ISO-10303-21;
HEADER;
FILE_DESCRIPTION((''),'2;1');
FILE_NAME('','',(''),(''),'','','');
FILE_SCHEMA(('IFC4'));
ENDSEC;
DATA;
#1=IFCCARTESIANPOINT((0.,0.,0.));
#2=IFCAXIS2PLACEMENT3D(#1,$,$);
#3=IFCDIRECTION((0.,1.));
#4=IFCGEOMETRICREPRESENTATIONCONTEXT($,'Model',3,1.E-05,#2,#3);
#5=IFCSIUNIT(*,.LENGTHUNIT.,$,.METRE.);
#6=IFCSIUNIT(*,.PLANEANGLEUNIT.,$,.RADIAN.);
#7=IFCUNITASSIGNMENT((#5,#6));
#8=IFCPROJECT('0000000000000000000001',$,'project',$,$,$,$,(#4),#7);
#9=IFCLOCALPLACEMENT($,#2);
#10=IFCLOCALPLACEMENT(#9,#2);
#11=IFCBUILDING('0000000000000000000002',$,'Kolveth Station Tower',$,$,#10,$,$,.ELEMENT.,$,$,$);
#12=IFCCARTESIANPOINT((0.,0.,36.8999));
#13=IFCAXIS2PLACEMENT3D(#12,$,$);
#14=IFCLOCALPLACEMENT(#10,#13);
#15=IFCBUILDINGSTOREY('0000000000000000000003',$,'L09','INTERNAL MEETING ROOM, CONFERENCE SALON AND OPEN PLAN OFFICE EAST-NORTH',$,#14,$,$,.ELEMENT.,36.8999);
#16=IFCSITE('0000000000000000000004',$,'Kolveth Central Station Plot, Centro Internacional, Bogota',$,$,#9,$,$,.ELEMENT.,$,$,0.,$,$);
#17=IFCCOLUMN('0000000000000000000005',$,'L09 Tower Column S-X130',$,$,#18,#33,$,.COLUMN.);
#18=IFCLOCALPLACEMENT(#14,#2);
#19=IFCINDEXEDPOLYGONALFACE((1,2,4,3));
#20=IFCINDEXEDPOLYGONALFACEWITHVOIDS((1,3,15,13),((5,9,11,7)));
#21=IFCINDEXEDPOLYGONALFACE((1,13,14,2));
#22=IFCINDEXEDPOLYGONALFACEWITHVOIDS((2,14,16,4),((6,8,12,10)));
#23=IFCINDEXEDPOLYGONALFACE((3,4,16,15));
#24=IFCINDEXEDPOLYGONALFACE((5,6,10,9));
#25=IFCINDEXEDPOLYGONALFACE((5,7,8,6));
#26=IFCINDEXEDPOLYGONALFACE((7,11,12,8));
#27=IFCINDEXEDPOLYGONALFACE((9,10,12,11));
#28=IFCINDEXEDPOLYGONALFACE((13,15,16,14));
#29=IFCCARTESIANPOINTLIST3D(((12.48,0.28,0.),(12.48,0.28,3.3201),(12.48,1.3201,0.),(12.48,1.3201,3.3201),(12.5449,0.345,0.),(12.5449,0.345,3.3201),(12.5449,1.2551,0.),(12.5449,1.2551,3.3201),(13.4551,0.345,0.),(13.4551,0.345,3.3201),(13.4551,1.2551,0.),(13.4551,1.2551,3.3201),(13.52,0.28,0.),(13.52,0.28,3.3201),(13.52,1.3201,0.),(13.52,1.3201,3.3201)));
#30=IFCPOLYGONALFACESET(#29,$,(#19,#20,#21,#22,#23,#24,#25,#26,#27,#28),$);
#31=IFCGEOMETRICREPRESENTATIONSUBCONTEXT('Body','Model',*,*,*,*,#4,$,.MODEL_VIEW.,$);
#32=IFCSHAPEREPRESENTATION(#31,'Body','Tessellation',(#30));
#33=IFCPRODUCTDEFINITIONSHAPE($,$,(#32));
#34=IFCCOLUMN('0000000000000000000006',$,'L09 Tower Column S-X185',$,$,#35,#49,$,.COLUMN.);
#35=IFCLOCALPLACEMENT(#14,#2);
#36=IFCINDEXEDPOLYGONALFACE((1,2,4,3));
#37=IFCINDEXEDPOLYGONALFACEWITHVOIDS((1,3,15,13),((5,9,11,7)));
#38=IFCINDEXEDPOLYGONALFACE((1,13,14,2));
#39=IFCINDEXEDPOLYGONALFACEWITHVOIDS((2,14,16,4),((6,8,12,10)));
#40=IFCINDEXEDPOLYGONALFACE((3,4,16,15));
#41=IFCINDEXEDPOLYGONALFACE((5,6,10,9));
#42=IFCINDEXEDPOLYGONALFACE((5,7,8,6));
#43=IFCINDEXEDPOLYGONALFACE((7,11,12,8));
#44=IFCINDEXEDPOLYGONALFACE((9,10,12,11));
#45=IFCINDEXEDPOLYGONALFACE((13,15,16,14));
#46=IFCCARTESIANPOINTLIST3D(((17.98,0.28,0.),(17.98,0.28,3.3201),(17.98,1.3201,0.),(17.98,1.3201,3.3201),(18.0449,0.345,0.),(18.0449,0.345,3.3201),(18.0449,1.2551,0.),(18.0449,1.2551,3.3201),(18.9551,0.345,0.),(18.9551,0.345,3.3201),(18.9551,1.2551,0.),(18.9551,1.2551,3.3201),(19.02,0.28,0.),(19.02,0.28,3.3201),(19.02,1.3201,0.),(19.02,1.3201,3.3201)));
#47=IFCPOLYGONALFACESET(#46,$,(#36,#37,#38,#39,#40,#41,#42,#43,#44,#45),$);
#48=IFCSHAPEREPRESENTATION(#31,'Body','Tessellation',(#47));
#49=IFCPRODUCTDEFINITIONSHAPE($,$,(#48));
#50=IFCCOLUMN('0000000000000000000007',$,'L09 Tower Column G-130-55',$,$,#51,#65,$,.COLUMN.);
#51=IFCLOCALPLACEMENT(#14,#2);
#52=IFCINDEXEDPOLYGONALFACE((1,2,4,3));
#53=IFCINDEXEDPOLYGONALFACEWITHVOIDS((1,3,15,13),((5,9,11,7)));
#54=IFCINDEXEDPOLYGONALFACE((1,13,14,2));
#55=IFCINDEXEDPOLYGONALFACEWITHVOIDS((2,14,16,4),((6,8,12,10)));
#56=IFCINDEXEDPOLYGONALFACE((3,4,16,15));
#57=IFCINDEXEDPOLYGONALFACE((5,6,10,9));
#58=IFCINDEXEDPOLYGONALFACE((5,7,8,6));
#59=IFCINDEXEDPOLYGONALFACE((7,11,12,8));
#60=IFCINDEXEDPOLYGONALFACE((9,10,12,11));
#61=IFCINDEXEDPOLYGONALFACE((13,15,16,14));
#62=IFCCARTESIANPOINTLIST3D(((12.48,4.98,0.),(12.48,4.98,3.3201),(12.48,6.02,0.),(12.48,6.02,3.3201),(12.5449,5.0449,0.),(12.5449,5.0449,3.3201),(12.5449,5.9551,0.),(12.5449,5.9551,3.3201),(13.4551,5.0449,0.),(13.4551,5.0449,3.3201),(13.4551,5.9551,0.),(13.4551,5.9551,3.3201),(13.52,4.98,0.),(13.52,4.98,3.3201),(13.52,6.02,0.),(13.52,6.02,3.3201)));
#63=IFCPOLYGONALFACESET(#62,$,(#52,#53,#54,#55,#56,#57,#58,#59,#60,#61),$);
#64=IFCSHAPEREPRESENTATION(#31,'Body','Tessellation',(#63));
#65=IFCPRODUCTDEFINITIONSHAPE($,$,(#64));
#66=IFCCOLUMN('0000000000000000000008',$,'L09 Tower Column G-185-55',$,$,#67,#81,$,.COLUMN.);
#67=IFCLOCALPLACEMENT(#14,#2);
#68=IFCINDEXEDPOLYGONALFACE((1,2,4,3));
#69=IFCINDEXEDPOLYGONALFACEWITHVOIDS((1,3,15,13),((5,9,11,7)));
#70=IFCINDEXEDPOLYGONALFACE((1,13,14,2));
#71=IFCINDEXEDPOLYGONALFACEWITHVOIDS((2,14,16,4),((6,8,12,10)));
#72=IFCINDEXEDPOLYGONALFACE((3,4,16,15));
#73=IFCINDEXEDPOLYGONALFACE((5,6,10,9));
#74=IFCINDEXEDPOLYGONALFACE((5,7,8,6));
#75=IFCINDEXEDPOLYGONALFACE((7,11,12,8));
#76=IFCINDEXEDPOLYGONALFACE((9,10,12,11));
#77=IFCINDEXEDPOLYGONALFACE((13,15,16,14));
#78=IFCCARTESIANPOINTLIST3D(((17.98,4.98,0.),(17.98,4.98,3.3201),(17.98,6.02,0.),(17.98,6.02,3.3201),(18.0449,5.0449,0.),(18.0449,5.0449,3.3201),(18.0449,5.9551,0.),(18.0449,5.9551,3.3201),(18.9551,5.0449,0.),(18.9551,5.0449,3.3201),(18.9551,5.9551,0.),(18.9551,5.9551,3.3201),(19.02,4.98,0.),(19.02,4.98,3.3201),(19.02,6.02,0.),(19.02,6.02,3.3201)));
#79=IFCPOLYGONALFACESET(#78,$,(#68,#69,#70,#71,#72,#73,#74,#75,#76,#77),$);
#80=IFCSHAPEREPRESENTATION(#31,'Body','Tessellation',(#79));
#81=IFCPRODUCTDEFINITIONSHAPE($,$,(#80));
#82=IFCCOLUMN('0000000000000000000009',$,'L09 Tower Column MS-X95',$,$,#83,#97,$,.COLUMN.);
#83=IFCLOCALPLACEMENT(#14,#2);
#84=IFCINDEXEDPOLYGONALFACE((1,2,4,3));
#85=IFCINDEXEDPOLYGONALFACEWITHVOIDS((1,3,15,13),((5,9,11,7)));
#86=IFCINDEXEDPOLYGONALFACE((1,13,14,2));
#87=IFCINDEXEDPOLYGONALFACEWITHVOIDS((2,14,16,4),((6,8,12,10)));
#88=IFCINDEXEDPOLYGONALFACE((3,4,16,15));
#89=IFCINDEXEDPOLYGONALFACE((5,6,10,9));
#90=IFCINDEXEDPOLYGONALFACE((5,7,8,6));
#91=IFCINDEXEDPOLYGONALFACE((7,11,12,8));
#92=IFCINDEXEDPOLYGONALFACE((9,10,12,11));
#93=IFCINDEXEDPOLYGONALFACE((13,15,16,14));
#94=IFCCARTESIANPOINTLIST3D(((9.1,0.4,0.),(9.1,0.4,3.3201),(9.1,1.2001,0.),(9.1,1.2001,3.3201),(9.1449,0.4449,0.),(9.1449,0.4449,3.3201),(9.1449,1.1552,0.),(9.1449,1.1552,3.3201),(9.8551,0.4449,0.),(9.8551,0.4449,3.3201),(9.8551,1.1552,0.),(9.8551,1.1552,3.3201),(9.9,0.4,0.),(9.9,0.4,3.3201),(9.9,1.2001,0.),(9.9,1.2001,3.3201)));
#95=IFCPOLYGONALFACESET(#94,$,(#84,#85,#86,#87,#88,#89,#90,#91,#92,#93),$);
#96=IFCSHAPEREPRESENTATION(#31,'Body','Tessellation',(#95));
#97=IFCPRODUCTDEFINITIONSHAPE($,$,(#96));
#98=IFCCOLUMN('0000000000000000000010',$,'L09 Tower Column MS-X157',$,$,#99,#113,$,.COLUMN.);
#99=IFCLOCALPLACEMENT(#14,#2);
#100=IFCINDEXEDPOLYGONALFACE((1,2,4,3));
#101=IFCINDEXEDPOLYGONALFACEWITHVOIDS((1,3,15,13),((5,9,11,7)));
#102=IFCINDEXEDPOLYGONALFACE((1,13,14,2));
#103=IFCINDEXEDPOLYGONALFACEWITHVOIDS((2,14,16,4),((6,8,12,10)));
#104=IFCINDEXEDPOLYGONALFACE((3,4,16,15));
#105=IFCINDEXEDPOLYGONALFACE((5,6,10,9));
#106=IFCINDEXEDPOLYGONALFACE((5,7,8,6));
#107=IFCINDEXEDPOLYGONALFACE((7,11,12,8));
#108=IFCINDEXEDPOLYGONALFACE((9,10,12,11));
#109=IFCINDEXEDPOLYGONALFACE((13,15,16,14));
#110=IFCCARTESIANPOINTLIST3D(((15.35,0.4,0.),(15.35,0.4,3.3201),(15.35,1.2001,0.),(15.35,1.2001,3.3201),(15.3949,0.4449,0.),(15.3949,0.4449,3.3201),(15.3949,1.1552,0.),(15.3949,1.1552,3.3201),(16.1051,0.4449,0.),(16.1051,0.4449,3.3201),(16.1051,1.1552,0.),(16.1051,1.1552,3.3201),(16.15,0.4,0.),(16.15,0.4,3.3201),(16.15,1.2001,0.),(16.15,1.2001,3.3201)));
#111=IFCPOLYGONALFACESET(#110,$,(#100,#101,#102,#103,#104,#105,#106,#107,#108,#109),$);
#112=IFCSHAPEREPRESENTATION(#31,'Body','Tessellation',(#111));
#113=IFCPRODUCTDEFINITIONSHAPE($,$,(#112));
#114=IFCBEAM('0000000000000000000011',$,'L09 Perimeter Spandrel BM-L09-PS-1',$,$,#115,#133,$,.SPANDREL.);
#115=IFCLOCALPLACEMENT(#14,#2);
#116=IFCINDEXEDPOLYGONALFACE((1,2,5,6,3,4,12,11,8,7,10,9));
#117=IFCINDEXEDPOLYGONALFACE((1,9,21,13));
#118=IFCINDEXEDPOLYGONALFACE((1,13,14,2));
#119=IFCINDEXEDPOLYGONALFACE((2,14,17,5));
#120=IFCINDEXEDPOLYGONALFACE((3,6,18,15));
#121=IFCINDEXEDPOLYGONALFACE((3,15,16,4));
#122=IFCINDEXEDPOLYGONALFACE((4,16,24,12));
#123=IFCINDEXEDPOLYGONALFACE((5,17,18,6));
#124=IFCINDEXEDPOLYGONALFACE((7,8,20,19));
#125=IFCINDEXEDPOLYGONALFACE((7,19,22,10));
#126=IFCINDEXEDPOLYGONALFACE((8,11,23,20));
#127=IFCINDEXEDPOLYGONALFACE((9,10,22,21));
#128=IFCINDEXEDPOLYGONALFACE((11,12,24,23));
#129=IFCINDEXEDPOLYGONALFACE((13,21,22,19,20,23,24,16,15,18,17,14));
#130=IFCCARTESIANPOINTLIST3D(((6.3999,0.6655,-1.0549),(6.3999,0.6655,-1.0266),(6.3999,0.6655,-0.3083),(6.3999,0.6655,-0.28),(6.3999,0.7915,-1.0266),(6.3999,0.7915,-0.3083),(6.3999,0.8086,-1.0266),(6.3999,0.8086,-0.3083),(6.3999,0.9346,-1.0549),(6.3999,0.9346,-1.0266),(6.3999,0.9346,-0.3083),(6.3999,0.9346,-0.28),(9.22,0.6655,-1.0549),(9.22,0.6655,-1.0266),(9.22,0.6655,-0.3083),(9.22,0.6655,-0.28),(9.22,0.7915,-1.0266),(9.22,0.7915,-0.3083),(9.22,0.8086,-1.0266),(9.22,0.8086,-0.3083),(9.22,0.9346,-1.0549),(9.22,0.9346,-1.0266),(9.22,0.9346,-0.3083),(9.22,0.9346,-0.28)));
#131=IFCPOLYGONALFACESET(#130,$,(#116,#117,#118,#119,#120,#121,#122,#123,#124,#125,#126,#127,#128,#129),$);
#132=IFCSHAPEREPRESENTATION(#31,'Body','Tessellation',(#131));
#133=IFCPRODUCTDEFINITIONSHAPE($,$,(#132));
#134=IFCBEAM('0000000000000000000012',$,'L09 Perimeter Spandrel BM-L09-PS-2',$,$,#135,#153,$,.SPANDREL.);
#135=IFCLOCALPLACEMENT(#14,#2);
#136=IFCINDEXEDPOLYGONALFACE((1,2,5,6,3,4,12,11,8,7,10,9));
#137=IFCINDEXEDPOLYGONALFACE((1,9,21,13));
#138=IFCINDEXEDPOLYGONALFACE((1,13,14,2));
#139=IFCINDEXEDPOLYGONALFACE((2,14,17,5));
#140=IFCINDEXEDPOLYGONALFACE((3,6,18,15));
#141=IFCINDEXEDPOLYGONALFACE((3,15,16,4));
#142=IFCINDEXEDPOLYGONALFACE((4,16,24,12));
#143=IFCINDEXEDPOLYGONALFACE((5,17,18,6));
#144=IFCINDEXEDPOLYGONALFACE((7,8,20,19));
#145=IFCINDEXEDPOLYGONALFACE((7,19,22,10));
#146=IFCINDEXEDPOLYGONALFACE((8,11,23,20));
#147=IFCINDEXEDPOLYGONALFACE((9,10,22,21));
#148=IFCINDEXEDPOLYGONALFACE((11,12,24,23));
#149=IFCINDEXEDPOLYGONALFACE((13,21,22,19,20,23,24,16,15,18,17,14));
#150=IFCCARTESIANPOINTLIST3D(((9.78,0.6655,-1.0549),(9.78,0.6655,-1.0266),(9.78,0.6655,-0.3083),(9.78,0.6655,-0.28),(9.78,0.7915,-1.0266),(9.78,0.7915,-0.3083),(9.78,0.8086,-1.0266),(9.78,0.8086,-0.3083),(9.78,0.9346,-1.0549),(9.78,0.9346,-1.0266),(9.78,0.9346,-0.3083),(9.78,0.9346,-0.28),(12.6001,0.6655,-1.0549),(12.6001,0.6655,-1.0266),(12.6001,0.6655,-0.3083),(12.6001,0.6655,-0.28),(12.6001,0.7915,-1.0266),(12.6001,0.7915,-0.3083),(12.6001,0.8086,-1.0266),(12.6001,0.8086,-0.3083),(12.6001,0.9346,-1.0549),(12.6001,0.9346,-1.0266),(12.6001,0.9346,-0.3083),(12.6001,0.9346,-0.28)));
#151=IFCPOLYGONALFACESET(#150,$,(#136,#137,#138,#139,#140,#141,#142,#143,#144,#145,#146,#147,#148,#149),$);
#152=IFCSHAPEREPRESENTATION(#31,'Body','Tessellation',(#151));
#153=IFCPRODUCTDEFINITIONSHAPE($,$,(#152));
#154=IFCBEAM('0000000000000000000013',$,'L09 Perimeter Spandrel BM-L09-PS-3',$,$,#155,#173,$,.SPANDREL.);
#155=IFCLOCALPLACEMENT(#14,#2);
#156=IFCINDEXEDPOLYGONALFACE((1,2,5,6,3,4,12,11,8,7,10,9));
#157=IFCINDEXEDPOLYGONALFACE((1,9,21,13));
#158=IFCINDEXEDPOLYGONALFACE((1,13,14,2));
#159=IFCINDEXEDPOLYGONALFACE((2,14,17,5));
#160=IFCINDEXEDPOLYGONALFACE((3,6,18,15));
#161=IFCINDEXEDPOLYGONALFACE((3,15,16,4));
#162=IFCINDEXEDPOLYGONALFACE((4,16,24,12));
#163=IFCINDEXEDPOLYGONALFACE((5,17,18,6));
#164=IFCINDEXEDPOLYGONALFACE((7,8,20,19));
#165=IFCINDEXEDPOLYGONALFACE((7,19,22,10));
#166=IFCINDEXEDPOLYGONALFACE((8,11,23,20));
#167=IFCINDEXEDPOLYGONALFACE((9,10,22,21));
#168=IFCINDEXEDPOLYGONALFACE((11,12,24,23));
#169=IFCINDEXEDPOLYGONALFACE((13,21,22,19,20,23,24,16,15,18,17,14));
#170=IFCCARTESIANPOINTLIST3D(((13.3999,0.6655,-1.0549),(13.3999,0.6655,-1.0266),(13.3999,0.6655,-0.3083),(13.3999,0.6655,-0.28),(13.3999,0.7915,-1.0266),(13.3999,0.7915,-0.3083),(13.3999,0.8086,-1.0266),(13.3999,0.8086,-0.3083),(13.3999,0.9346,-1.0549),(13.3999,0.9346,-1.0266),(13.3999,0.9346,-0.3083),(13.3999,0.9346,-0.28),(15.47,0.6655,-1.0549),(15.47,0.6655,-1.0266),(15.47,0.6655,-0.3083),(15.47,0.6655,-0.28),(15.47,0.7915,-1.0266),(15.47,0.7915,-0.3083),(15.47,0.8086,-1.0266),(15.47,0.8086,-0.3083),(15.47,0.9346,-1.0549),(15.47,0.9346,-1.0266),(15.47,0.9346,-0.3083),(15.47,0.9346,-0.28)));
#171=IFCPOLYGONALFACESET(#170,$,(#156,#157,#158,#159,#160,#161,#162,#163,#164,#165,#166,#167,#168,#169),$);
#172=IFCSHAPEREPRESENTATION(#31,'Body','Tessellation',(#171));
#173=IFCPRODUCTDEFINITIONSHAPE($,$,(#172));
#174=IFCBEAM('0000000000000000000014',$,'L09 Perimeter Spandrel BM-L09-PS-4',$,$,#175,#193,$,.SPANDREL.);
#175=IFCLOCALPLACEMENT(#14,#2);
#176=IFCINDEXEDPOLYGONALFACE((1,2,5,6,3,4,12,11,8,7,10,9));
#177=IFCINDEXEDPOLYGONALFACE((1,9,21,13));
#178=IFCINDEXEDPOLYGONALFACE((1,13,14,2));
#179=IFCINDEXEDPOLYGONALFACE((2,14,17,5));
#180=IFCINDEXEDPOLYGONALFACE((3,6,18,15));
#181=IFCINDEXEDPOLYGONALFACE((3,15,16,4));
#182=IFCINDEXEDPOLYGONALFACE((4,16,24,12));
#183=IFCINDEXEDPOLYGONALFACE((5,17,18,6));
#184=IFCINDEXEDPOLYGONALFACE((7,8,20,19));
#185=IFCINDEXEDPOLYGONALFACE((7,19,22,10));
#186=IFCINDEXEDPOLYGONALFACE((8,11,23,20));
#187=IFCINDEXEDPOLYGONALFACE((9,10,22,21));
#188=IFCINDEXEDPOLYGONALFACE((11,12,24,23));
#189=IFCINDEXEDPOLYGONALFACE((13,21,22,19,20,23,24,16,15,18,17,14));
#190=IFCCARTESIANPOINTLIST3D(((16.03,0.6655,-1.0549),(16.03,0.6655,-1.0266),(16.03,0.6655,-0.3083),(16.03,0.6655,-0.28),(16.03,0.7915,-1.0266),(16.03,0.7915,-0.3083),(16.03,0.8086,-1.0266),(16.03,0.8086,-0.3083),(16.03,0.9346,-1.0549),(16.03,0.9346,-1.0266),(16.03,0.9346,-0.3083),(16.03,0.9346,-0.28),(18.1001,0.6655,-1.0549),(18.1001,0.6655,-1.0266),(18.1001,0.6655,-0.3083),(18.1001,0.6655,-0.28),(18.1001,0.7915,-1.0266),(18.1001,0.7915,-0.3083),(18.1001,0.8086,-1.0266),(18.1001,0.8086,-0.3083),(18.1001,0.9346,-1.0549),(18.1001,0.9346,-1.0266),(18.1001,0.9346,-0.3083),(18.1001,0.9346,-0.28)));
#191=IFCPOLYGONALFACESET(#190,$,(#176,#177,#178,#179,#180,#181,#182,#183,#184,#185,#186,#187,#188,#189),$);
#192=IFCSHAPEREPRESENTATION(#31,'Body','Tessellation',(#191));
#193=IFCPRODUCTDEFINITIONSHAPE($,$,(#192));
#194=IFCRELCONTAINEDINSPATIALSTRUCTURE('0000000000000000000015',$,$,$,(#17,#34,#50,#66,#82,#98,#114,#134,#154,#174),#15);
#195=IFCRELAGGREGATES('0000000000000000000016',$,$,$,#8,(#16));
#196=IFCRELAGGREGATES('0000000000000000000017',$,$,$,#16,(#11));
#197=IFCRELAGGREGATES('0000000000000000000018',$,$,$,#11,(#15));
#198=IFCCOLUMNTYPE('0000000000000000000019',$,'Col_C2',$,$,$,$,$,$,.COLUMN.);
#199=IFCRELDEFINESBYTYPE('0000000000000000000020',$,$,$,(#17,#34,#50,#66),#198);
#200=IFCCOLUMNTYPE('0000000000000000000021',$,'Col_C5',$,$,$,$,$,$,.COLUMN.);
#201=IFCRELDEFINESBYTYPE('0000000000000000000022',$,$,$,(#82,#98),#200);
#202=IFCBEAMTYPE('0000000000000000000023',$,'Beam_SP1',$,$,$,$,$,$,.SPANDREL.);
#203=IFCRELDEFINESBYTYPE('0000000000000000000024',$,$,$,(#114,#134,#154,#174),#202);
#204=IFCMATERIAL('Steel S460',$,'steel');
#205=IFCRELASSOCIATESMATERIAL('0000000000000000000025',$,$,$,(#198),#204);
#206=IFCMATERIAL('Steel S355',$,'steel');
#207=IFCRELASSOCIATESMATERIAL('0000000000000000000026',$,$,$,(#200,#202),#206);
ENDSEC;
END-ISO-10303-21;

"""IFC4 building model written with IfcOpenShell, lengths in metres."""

from ifc_helpers import new_model, si_unit, direction, frame, origin, origin_2d, place, context, subcontext, project, spatial, hollow_rectangle, i_section, extrude, source, transform, mapped, material, material_profile, profile_set, type_object, element, save


model = new_model("IFC4")

# Units and contexts
model_context = context("Model", 3, precision=1e-05, world=origin(), true_north=direction((0.0, 1.0)))
body_context = subcontext(model_context, "Body", "Model", "MODEL_VIEW")
ifc_project = project(units=[si_unit("LENGTHUNIT", "METRE"), si_unit("PLANEANGLEUNIT", "RADIAN")], contexts=[model_context])

# Site, building, storey
site_placement = place(None, origin())
site = spatial("IfcSite", under=ifc_project, at=site_placement, Name="Kolveth Central Station Plot, Centro Internacional, Bogota", CompositionType="ELEMENT", RefElevation=0.0)
building_placement = place(site_placement, origin())
building = spatial("IfcBuilding", under=site, at=building_placement, Name="Kolveth Station Tower", CompositionType="ELEMENT")
storey_placement = place(building_placement, frame((0.0, 0.0, 36.8999)))
storey = spatial("IfcBuildingStorey", under=building, at=storey_placement, Name="L09", Description="INTERNAL MEETING ROOM, CONFERENCE SALON AND OPEN PLAN OFFICE EAST-NORTH", CompositionType="ELEMENT", Elevation=36.8999)

# Columns
ifc_material_1 = material(Name="Steel S460", Category="steel")
ifc_material_profile_1 = material_profile(ifc_material_1, hollow_rectangle(XDim=1.04, YDim=1.04, WallThickness=0.0649, at=origin_2d()), Name="BOX1040x1040x65")
ifc_profile_set_1 = profile_set([ifc_material_profile_1], Name="Steel S460")
column_type_1 = type_object("IfcColumnType", Name="Col_C2", PredefinedType="COLUMN", material=ifc_profile_set_1)
shared_shape_1 = source(origin(), body_context, "Body", "SweptSolid", [
    extrude(hollow_rectangle(XDim=1.04, YDim=1.04, WallThickness=0.0649, at=origin_2d()), origin(), (0.0, 0.0, 1.0), 3.3201),
])
for number, where, z_axis, x_axis, name in (
    (1, (13.0, 0.8, 0.0), (0.0, 0.0, 1.0), (1.0, 0.0, 0.0), "L09 Tower Column S-X130"),
    (2, (18.5, 0.8, 0.0), (0.0, 0.0, 1.0), (1.0, 0.0, 0.0), "L09 Tower Column S-X185"),
    (3, (13.0, 5.5, 0.0), (0.0, 0.0, 1.0), (1.0, 0.0, 0.0), "L09 Tower Column G-130-55"),
    (4, (18.5, 5.5, 0.0), (0.0, 0.0, 1.0), (1.0, 0.0, 0.0), "L09 Tower Column G-185-55"),
):
    element("IfcColumn", number, at=place(storey_placement, frame(where, z_axis=z_axis, x_axis=x_axis)), inside=storey, type_object=column_type_1, Name=name, PredefinedType="COLUMN", context=body_context, shape_type="MappedRepresentation", body=[
        mapped(shared_shape_1, transform((0.0, 0.0, 0.0), x_axis=(1.0, 0.0, 0.0), y_axis=(0.0, 1.0, 0.0), z_axis=(0.0, 0.0, 1.0), scale=1.0)),
    ])
ifc_material_2 = material(Name="Steel S355", Category="steel")
ifc_material_profile_2 = material_profile(ifc_material_2, hollow_rectangle(XDim=0.8, YDim=0.8, WallThickness=0.0449, at=origin_2d()), Name="BOX800x800x45")
ifc_profile_set_2 = profile_set([ifc_material_profile_2], Name="Steel S355")
column_type_2 = type_object("IfcColumnType", Name="Col_C5", PredefinedType="COLUMN", material=ifc_profile_set_2)
shared_shape_2 = source(origin(), body_context, "Body", "SweptSolid", [
    extrude(hollow_rectangle(XDim=0.8, YDim=0.8, WallThickness=0.0449, at=origin_2d()), origin(), (0.0, 0.0, 1.0), 3.3201),
])
for number, where, z_axis, x_axis, name in (
    (5, (9.5, 0.8, 0.0), (0.0, 0.0, 1.0), (1.0, 0.0, 0.0), "L09 Tower Column MS-X95"),
    (6, (15.75, 0.8, 0.0), (0.0, 0.0, 1.0), (1.0, 0.0, 0.0), "L09 Tower Column MS-X157"),
):
    element("IfcColumn", number, at=place(storey_placement, frame(where, z_axis=z_axis, x_axis=x_axis)), inside=storey, type_object=column_type_2, Name=name, PredefinedType="COLUMN", context=body_context, shape_type="MappedRepresentation", body=[
        mapped(shared_shape_2, transform((0.0, 0.0, 0.0), x_axis=(1.0, 0.0, 0.0), y_axis=(0.0, 1.0, 0.0), z_axis=(0.0, 0.0, 1.0), scale=1.0)),
    ])

# Beams
ifc_material_profile_3 = material_profile(ifc_material_2, i_section(OverallWidth=0.269, OverallDepth=0.7749, WebThickness=0.0171, FlangeThickness=0.0283, at=origin_2d()), Name="W760x220")
ifc_profile_set_3 = profile_set([ifc_material_profile_3], Name="Steel S355")
beam_type_1 = type_object("IfcBeamType", Name="Beam_SP1", PredefinedType="SPANDREL", material=ifc_profile_set_3)
shared_shape_3 = source(origin(), body_context, "Body", "SweptSolid", [
    extrude(i_section(OverallWidth=0.269, OverallDepth=0.7749, WebThickness=0.0171, FlangeThickness=0.0283, at=origin_2d()), origin(), (0.0, 0.0, 1.0), 2.8201),
])
for number, where, z_axis, x_axis, name in (
    (7, (6.3999, 0.8, -0.6675), (1.0, 0.0, 0.0), (0.0, 1.0, 0.0), "L09 Perimeter Spandrel BM-L09-PS-1"),
    (8, (9.78, 0.8, -0.6675), (1.0, 0.0, 0.0), (0.0, 1.0, 0.0), "L09 Perimeter Spandrel BM-L09-PS-2"),
):
    element("IfcBeam", number, at=place(storey_placement, frame(where, z_axis=z_axis, x_axis=x_axis)), inside=storey, type_object=beam_type_1, Name=name, PredefinedType="SPANDREL", context=body_context, shape_type="MappedRepresentation", body=[
        mapped(shared_shape_3, transform((0.0, 0.0, 0.0), x_axis=(1.0, 0.0, 0.0), y_axis=(0.0, 1.0, 0.0), z_axis=(0.0, 0.0, 1.0), scale=1.0)),
    ])
shared_shape_4 = source(origin(), body_context, "Body", "SweptSolid", [
    extrude(i_section(OverallWidth=0.269, OverallDepth=0.7749, WebThickness=0.0171, FlangeThickness=0.0283, at=origin_2d()), origin(), (0.0, 0.0, 1.0), 2.0701),
])
for number, where, z_axis, x_axis, name in (
    (9, (13.3999, 0.8, -0.6675), (1.0, 0.0, 0.0), (0.0, 1.0, 0.0), "L09 Perimeter Spandrel BM-L09-PS-3"),
    (10, (16.03, 0.8, -0.6675), (1.0, 0.0, 0.0), (0.0, 1.0, 0.0), "L09 Perimeter Spandrel BM-L09-PS-4"),
):
    element("IfcBeam", number, at=place(storey_placement, frame(where, z_axis=z_axis, x_axis=x_axis)), inside=storey, type_object=beam_type_1, Name=name, PredefinedType="SPANDREL", context=body_context, shape_type="MappedRepresentation", body=[
        mapped(shared_shape_4, transform((0.0, 0.0, 0.0), x_axis=(1.0, 0.0, 0.0), y_axis=(0.0, 1.0, 0.0), z_axis=(0.0, 0.0, 1.0), scale=1.0)),
    ])

save(model, "model.ifc")
